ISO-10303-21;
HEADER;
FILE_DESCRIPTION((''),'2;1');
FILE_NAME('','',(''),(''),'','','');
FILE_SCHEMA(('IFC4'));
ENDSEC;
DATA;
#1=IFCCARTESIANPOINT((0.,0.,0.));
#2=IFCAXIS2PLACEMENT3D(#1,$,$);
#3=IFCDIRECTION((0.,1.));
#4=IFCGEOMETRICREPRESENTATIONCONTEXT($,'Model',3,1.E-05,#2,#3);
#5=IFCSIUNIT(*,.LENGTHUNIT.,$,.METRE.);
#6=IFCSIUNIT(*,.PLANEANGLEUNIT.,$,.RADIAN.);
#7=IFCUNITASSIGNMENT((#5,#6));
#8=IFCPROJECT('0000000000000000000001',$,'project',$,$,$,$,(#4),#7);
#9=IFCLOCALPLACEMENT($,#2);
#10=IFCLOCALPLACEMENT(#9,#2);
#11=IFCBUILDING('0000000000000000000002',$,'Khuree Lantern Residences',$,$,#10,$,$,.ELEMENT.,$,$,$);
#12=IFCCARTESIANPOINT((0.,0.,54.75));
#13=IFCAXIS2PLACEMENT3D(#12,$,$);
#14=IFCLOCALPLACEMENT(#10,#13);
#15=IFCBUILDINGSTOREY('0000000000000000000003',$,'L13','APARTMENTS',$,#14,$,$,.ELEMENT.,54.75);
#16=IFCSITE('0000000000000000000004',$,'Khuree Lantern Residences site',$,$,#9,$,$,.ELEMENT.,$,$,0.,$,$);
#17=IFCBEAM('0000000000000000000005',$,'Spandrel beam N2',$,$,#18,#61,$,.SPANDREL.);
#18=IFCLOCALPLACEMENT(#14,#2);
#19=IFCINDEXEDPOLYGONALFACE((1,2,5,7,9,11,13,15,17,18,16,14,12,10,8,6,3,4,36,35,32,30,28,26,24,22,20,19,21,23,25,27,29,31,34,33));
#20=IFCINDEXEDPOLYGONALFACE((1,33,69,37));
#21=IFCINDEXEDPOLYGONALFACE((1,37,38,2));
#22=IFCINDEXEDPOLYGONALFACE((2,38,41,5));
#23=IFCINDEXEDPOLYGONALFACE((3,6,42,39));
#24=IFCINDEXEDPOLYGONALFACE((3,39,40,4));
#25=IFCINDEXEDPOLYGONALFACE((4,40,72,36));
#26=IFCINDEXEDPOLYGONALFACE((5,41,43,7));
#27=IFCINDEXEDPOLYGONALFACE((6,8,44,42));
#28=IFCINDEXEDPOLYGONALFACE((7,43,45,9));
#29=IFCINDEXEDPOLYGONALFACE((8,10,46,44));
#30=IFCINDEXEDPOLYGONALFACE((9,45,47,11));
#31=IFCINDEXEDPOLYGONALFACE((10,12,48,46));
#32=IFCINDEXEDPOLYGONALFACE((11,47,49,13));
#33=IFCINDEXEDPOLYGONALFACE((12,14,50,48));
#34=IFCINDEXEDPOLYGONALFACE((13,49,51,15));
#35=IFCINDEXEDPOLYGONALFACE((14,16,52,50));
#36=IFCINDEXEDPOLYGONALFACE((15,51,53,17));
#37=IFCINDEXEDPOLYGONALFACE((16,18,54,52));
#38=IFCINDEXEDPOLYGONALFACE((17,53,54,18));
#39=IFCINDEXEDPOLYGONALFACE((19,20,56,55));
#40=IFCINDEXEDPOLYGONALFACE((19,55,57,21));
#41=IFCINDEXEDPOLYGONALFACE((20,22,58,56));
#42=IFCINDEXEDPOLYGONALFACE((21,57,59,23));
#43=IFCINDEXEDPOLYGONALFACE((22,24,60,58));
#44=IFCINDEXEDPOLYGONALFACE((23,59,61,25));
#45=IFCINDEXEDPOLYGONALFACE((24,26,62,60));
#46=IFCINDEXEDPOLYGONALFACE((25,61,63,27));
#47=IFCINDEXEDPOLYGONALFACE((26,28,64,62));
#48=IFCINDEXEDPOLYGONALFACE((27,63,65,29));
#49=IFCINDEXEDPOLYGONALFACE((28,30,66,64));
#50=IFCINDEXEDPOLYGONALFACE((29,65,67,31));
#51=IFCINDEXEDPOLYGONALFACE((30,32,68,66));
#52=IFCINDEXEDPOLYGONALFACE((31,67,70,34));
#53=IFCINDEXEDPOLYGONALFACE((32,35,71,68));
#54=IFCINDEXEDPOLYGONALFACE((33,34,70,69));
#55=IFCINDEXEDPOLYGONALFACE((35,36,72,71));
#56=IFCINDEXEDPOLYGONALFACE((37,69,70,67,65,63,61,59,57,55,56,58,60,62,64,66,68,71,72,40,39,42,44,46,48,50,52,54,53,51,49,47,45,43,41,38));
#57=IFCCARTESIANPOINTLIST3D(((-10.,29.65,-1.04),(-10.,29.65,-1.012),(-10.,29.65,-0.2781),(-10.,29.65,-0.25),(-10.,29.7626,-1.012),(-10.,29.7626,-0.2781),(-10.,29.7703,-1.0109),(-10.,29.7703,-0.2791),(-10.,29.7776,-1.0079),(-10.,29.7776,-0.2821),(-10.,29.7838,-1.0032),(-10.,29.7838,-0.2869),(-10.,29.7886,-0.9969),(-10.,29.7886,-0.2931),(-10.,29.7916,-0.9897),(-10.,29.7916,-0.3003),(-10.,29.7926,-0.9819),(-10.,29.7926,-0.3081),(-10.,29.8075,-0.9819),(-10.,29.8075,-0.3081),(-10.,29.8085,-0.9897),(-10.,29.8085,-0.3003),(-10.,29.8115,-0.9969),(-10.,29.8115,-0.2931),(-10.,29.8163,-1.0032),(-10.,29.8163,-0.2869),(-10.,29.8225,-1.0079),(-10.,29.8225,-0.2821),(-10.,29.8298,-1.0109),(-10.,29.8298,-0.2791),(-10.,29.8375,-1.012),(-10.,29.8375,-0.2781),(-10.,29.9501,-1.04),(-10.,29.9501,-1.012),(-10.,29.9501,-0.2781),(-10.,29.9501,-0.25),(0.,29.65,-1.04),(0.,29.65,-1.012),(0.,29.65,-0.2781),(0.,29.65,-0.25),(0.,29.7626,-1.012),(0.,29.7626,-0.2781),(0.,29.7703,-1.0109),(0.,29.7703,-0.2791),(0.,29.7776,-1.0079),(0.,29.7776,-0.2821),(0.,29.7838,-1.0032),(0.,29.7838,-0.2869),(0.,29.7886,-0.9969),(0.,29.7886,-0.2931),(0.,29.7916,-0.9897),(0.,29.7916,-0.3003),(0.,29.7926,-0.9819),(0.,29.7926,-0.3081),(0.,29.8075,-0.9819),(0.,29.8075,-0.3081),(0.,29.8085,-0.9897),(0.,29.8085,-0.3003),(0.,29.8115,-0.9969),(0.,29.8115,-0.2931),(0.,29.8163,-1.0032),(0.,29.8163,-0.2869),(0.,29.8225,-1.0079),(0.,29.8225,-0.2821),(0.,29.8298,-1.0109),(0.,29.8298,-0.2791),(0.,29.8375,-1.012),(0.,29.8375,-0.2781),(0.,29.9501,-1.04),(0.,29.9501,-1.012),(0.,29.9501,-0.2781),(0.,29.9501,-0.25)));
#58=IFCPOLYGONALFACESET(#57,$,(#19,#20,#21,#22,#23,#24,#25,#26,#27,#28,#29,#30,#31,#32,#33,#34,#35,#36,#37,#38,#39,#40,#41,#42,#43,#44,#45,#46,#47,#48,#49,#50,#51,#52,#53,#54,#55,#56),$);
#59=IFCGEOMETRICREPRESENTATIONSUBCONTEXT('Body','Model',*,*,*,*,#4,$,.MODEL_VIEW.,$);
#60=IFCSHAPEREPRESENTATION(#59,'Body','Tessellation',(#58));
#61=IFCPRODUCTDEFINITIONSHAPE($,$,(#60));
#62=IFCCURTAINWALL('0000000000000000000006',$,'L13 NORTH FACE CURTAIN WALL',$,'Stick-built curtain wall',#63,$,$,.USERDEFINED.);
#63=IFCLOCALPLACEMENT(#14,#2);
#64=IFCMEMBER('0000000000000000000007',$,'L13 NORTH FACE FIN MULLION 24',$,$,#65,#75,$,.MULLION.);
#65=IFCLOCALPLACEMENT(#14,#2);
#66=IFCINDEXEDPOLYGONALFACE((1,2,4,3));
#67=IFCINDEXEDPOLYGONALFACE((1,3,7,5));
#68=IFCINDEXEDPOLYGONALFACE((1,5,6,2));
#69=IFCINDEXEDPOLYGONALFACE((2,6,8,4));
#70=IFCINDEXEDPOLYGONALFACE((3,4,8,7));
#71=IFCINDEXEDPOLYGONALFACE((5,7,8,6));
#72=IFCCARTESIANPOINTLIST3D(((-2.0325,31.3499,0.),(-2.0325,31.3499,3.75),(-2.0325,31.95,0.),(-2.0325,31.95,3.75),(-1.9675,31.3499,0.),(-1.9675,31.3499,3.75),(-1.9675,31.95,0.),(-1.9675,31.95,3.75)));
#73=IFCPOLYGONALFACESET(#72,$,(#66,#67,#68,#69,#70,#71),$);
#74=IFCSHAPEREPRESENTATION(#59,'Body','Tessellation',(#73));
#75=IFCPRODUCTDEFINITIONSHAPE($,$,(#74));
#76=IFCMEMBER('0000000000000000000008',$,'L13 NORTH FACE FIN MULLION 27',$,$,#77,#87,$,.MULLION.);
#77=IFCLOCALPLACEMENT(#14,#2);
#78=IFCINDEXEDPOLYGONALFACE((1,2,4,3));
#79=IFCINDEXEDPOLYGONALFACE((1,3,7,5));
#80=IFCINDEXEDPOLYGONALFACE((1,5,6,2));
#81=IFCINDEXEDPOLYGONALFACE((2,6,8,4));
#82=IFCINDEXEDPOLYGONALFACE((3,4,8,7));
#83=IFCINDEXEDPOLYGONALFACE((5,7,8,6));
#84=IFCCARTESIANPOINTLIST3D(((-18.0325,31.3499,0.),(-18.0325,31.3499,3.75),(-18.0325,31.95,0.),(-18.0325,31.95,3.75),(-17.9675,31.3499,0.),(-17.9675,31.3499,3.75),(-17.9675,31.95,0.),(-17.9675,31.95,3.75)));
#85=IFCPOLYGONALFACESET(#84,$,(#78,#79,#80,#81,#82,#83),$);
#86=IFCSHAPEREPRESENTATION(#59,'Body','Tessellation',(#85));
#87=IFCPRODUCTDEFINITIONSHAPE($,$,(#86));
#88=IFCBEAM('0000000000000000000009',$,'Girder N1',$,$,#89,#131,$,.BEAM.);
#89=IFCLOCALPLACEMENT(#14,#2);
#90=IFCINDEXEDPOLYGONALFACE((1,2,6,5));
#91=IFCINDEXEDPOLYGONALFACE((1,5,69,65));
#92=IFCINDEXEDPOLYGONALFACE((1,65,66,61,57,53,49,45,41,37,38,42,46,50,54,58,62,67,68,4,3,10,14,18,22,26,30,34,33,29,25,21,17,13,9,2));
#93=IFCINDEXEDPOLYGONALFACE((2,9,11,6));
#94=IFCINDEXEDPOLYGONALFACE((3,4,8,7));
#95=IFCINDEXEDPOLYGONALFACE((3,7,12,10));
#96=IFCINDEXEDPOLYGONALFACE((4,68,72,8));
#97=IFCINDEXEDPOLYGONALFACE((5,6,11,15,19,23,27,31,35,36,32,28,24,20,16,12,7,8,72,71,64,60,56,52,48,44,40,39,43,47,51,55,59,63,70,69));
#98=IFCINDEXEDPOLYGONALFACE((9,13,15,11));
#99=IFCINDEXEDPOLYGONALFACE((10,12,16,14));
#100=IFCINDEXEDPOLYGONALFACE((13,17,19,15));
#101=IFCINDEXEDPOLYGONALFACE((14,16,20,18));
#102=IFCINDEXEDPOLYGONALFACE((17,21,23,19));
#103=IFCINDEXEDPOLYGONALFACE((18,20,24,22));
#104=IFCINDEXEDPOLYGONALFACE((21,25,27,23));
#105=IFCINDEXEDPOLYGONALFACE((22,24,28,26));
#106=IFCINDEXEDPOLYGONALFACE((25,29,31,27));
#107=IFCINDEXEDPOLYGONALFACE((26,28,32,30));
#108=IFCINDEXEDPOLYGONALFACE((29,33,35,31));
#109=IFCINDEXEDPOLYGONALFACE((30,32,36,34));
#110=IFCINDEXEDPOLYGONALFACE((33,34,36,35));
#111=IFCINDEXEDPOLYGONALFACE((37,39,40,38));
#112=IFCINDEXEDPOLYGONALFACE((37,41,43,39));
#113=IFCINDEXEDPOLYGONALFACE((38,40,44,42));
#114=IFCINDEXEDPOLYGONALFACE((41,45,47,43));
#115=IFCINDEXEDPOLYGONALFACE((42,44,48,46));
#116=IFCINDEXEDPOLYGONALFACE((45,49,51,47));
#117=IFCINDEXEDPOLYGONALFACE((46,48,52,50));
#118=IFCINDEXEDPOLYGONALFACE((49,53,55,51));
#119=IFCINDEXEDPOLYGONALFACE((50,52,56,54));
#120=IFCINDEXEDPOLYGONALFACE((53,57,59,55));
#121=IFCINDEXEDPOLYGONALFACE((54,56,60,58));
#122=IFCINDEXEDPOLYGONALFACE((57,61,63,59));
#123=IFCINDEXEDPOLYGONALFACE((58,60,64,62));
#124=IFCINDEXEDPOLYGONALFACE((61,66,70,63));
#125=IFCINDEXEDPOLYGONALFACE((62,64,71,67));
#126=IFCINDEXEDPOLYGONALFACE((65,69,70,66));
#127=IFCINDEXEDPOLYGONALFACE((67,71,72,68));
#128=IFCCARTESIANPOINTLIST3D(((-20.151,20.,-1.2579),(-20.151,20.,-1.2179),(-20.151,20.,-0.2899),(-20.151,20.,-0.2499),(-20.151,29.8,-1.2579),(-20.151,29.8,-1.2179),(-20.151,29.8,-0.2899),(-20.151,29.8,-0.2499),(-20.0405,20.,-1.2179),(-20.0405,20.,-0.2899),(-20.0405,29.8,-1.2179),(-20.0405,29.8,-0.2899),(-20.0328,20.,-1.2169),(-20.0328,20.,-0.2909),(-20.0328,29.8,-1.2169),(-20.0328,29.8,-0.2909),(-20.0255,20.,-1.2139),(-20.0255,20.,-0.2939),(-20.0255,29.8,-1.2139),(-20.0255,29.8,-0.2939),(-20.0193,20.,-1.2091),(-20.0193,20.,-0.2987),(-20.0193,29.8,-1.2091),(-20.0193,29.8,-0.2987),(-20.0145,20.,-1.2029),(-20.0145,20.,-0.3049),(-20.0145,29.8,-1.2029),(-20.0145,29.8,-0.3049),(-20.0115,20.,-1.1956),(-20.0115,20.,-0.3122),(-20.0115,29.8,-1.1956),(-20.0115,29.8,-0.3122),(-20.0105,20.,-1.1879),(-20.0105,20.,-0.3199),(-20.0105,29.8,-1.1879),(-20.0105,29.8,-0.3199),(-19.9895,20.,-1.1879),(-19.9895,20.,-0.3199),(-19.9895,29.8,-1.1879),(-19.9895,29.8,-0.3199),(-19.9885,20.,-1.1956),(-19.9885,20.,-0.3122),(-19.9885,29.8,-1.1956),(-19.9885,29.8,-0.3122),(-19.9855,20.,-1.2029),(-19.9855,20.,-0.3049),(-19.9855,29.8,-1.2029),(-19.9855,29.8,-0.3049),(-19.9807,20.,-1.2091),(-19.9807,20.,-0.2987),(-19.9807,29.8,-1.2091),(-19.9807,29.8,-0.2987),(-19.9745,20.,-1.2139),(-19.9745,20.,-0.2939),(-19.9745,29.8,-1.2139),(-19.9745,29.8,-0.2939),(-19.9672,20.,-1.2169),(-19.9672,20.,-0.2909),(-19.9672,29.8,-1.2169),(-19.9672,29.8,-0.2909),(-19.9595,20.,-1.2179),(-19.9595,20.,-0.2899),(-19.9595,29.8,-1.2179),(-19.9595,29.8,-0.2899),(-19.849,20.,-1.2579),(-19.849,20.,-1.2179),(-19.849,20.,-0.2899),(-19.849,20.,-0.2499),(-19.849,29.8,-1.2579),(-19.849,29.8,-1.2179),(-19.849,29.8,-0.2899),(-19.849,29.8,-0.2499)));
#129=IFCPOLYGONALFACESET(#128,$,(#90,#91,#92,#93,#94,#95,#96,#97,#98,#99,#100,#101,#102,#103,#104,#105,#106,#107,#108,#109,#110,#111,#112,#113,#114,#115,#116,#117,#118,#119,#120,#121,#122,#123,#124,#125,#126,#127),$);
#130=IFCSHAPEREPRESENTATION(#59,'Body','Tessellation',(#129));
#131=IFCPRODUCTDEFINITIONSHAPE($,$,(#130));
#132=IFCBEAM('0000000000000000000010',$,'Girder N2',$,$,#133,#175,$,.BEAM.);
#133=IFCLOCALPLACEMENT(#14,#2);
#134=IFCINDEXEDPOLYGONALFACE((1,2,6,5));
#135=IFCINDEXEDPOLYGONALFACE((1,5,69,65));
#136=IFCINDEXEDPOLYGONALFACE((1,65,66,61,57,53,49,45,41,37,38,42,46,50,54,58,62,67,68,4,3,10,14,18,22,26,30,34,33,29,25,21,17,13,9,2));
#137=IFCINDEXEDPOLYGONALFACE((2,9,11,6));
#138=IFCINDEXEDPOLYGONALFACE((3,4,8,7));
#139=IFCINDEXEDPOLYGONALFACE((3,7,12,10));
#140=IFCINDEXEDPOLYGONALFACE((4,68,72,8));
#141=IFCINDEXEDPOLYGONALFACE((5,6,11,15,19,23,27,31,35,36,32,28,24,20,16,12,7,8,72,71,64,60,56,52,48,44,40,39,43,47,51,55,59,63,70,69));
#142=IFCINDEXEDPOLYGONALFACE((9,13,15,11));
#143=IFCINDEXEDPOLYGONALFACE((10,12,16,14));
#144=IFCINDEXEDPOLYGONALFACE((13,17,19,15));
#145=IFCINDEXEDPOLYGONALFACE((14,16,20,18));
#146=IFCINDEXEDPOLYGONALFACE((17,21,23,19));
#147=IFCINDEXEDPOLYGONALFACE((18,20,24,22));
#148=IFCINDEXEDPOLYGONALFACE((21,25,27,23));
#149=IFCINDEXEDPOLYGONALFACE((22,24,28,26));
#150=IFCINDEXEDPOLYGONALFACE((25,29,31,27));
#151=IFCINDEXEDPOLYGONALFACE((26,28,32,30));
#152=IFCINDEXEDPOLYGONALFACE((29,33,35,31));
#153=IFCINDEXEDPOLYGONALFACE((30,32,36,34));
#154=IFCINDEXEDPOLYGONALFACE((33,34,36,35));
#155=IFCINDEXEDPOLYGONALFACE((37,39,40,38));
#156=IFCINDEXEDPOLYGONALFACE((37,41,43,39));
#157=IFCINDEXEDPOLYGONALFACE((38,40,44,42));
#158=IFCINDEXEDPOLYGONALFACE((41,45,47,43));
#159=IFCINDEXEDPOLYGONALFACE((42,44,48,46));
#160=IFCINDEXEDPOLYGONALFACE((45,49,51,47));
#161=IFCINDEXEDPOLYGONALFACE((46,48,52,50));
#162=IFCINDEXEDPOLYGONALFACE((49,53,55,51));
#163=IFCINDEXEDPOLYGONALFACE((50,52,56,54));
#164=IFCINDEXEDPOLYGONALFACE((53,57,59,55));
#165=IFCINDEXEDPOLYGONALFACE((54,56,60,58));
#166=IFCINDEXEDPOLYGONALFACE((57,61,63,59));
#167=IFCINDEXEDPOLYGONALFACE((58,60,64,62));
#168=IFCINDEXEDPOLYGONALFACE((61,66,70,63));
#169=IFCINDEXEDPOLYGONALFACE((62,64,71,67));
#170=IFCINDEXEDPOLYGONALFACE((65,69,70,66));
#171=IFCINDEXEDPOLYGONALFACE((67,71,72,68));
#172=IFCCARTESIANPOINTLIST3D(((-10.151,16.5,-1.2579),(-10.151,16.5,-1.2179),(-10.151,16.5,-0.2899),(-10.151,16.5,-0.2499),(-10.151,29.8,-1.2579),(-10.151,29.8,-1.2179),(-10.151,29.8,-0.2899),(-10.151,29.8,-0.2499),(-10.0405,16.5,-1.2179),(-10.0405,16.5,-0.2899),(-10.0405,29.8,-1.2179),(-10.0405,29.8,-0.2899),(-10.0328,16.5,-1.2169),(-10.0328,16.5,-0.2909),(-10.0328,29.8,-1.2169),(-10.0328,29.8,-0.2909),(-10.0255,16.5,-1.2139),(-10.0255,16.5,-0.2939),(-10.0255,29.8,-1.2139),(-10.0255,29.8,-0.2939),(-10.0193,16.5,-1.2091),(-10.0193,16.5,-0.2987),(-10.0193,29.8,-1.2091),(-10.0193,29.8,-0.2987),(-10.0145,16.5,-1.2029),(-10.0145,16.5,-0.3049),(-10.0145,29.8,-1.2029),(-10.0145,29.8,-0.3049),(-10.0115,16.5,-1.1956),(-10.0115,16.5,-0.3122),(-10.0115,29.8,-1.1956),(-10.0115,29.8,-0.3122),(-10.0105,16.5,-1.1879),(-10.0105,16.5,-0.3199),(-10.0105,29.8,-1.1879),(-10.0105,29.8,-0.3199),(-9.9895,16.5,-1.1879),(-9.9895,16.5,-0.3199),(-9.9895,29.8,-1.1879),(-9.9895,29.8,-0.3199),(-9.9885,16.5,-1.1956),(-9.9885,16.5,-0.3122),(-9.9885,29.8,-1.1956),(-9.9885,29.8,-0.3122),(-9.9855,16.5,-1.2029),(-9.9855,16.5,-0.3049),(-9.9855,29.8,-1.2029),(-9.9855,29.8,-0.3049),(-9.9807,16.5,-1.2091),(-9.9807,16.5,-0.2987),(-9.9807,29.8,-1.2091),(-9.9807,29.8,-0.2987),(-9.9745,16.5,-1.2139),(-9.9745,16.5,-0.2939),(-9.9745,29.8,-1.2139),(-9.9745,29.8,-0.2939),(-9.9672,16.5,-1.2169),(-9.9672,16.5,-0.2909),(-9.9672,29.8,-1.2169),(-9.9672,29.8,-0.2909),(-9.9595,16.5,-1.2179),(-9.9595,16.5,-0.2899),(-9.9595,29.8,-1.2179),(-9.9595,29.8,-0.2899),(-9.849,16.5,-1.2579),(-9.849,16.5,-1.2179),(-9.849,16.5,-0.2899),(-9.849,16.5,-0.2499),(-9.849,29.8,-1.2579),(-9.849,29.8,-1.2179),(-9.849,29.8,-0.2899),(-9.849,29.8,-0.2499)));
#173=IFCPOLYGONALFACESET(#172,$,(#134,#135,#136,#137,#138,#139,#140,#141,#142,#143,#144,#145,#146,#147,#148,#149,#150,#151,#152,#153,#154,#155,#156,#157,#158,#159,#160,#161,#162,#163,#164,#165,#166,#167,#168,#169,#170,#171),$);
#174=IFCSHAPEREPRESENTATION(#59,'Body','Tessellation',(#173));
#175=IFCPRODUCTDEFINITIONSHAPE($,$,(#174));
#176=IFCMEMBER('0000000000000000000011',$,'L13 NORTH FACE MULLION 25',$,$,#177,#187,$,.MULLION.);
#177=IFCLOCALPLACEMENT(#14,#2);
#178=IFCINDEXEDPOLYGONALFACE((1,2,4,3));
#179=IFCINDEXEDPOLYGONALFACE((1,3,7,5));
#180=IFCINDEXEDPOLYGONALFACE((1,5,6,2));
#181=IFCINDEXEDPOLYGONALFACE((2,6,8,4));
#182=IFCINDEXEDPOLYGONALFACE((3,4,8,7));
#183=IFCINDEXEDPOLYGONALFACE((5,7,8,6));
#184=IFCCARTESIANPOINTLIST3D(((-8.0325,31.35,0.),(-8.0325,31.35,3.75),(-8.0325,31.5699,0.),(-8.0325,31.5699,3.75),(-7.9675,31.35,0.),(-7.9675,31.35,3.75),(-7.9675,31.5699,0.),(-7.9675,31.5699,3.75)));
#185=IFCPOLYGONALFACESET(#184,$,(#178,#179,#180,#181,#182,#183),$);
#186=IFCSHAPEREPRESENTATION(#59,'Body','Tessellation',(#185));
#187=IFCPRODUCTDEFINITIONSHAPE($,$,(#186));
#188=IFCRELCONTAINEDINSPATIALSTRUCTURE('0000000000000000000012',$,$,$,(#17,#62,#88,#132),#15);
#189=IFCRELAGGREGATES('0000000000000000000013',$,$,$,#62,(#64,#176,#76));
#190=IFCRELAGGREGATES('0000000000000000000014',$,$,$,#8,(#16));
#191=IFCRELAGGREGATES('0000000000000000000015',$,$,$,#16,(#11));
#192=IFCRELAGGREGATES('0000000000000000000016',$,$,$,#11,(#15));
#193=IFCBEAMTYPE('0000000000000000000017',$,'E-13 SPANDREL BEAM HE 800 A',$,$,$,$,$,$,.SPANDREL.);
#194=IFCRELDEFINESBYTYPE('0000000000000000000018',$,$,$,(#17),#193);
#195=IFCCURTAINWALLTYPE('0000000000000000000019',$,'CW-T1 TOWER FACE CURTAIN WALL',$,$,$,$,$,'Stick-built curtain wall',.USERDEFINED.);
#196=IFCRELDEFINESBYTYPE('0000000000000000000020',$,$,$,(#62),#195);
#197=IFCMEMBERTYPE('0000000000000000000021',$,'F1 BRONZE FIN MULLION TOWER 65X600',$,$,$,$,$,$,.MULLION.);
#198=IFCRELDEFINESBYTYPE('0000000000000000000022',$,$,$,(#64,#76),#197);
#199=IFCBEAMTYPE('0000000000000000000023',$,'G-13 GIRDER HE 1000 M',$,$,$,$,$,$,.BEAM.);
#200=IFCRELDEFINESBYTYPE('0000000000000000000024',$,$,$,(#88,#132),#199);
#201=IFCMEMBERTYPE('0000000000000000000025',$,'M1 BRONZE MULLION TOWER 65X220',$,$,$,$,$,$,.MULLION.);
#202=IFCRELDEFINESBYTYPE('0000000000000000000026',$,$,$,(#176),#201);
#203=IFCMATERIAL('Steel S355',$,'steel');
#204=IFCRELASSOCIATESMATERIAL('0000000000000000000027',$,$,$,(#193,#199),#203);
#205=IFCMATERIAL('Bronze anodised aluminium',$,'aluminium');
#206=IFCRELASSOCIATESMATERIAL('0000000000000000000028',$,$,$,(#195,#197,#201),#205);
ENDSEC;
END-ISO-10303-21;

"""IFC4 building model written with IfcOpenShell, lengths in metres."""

from ifc_helpers import new_model, si_unit, direction, frame, origin, origin_2d, place, context, subcontext, project, spatial, rectangle, i_section, extrude, material, material_profile, profile_set, type_object, element, aggregate, save


model = new_model("IFC4")

# Units and contexts
model_context = context("Model", 3, precision=1e-05, world=origin(), true_north=direction((0.0, 1.0)))
body_context = subcontext(model_context, "Body", "Model", "MODEL_VIEW")
ifc_project = project(units=[si_unit("LENGTHUNIT", "METRE"), si_unit("PLANEANGLEUNIT", "RADIAN")], contexts=[model_context])

# Site, building, storey
site_placement = place(None, origin())
site = spatial("IfcSite", under=ifc_project, at=site_placement, Name="Khuree Lantern Residences site", CompositionType="ELEMENT", RefElevation=0.0)
building_placement = place(site_placement, origin())
building = spatial("IfcBuilding", under=site, at=building_placement, Name="Khuree Lantern Residences", CompositionType="ELEMENT")
storey_placement = place(building_placement, frame((0.0, 0.0, 54.75)))
storey = spatial("IfcBuildingStorey", under=building, at=storey_placement, Name="L13", Description="APARTMENTS", CompositionType="ELEMENT", Elevation=54.75)

# Beam
ifc_material_1 = material(Name="Steel S355", Category="steel")
ifc_material_profile_1 = material_profile(ifc_material_1, i_section(OverallWidth=0.3, OverallDepth=0.79, WebThickness=0.0149, FlangeThickness=0.0281, FilletRadius=0.03, at=origin_2d()), Name="HE 800 A")
ifc_profile_set_1 = profile_set([ifc_material_profile_1], Name="Steel S355")
beam_type_1 = type_object("IfcBeamType", Name="E-13 SPANDREL BEAM HE 800 A", PredefinedType="SPANDREL", material=ifc_profile_set_1)
for number, where, z_axis, x_axis, name in (
    (1, (-10.0, 29.8, -0.645), (1.0, 0.0, 0.0), (0.0, 1.0, 0.0), "Spandrel beam N2"),
):
    element("IfcBeam", number, at=place(storey_placement, frame(where, z_axis=z_axis, x_axis=x_axis)), inside=storey, type_object=beam_type_1, Name=name, PredefinedType="SPANDREL", context=body_context, shape_type="SweptSolid", body=[
        extrude(i_section(OverallWidth=0.3, OverallDepth=0.79, WebThickness=0.0149, FlangeThickness=0.0281, FilletRadius=0.03, at=origin_2d()), origin(), (0.0, 0.0, 1.0), 10.0),
    ])

# Curtain wall, members
ifc_material_2 = material(Name="Bronze anodised aluminium", Category="aluminium")
curtain_wall_type = type_object("IfcCurtainWallType", Name="CW-T1 TOWER FACE CURTAIN WALL", ElementType="Stick-built curtain wall", PredefinedType="USERDEFINED", material=ifc_material_2)
curtain_wall_placement = place(storey_placement, origin())
curtain_wall = element("IfcCurtainWall", 2, at=curtain_wall_placement, inside=storey, type_object=curtain_wall_type, Name="L13 NORTH FACE CURTAIN WALL", ObjectType="Stick-built curtain wall", PredefinedType="USERDEFINED")
ifc_material_profile_2 = material_profile(ifc_material_2, rectangle(XDim=0.0649, YDim=0.6001, at=origin_2d()), Name="F1 65X600")
ifc_profile_set_2 = profile_set([ifc_material_profile_2], Name="Bronze anodised aluminium")
member_type_1 = type_object("IfcMemberType", Name="F1 BRONZE FIN MULLION TOWER 65X600", PredefinedType="MULLION", material=ifc_profile_set_2)
member_1_placement = place(storey_placement, frame((-2.0, 31.6499, 0.0), z_axis=(0.0, 0.0, 1.0), x_axis=(-1.0, 0.0, 0.0)))
member_1 = element("IfcMember", 3, at=member_1_placement, type_object=member_type_1, Name="L13 NORTH FACE FIN MULLION 24", PredefinedType="MULLION", context=body_context, shape_type="SweptSolid", body=[
    extrude(rectangle(XDim=0.0649, YDim=0.6001, at=origin_2d()), origin(), (0.0, 0.0, 1.0), 3.75),
])
member_2_placement = place(storey_placement, frame((-18.0, 31.6499, 0.0), z_axis=(0.0, 0.0, 1.0), x_axis=(-1.0, 0.0, 0.0)))
member_2 = element("IfcMember", 4, at=member_2_placement, type_object=member_type_1, Name="L13 NORTH FACE FIN MULLION 27", PredefinedType="MULLION", context=body_context, shape_type="SweptSolid", body=[
    extrude(rectangle(XDim=0.0649, YDim=0.6001, at=origin_2d()), origin(), (0.0, 0.0, 1.0), 3.75),
])

# Beams
ifc_material_profile_3 = material_profile(ifc_material_1, i_section(OverallWidth=0.302, OverallDepth=1.0081, WebThickness=0.021, FlangeThickness=0.04, FilletRadius=0.03, at=origin_2d()), Name="HE 1000 M")
ifc_profile_set_3 = profile_set([ifc_material_profile_3], Name="Steel S355")
beam_type_2 = type_object("IfcBeamType", Name="G-13 GIRDER HE 1000 M", PredefinedType="BEAM", material=ifc_profile_set_3)
beam_1_placement = place(storey_placement, frame((-20.0, 29.8, -0.7539), z_axis=(0.0, -1.0, 0.0), x_axis=(1.0, 0.0, 0.0)))
element("IfcBeam", 5, at=beam_1_placement, inside=storey, type_object=beam_type_2, Name="Girder N1", PredefinedType="BEAM", context=body_context, shape_type="SweptSolid", body=[
    extrude(i_section(OverallWidth=0.302, OverallDepth=1.0081, WebThickness=0.021, FlangeThickness=0.04, FilletRadius=0.03, at=origin_2d()), origin(), (0.0, 0.0, 1.0), 9.8),
])
beam_2_placement = place(storey_placement, frame((-10.0, 29.8, -0.7539), z_axis=(0.0, -1.0, 0.0), x_axis=(1.0, 0.0, 0.0)))
element("IfcBeam", 6, at=beam_2_placement, inside=storey, type_object=beam_type_2, Name="Girder N2", PredefinedType="BEAM", context=body_context, shape_type="SweptSolid", body=[
    extrude(i_section(OverallWidth=0.302, OverallDepth=1.0081, WebThickness=0.021, FlangeThickness=0.04, FilletRadius=0.03, at=origin_2d()), origin(), (0.0, 0.0, 1.0), 13.3),
])

# Member
ifc_material_profile_4 = material_profile(ifc_material_2, rectangle(XDim=0.0649, YDim=0.22, at=origin_2d()), Name="M1 65X220")
ifc_profile_set_4 = profile_set([ifc_material_profile_4], Name="Bronze anodised aluminium")
member_type_2 = type_object("IfcMemberType", Name="M1 BRONZE MULLION TOWER 65X220", PredefinedType="MULLION", material=ifc_profile_set_4)
member_3_placement = place(storey_placement, frame((-8.0, 31.46, 0.0), z_axis=(0.0, 0.0, 1.0), x_axis=(-1.0, 0.0, 0.0)))
member_3 = element("IfcMember", 7, at=member_3_placement, type_object=member_type_2, Name="L13 NORTH FACE MULLION 25", PredefinedType="MULLION", context=body_context, shape_type="SweptSolid", body=[
    extrude(rectangle(XDim=0.0649, YDim=0.22, at=origin_2d()), origin(), (0.0, 0.0, 1.0), 3.75),
])

aggregate(curtain_wall, [member_1, member_3, member_2])

save(model, "model.ifc")
